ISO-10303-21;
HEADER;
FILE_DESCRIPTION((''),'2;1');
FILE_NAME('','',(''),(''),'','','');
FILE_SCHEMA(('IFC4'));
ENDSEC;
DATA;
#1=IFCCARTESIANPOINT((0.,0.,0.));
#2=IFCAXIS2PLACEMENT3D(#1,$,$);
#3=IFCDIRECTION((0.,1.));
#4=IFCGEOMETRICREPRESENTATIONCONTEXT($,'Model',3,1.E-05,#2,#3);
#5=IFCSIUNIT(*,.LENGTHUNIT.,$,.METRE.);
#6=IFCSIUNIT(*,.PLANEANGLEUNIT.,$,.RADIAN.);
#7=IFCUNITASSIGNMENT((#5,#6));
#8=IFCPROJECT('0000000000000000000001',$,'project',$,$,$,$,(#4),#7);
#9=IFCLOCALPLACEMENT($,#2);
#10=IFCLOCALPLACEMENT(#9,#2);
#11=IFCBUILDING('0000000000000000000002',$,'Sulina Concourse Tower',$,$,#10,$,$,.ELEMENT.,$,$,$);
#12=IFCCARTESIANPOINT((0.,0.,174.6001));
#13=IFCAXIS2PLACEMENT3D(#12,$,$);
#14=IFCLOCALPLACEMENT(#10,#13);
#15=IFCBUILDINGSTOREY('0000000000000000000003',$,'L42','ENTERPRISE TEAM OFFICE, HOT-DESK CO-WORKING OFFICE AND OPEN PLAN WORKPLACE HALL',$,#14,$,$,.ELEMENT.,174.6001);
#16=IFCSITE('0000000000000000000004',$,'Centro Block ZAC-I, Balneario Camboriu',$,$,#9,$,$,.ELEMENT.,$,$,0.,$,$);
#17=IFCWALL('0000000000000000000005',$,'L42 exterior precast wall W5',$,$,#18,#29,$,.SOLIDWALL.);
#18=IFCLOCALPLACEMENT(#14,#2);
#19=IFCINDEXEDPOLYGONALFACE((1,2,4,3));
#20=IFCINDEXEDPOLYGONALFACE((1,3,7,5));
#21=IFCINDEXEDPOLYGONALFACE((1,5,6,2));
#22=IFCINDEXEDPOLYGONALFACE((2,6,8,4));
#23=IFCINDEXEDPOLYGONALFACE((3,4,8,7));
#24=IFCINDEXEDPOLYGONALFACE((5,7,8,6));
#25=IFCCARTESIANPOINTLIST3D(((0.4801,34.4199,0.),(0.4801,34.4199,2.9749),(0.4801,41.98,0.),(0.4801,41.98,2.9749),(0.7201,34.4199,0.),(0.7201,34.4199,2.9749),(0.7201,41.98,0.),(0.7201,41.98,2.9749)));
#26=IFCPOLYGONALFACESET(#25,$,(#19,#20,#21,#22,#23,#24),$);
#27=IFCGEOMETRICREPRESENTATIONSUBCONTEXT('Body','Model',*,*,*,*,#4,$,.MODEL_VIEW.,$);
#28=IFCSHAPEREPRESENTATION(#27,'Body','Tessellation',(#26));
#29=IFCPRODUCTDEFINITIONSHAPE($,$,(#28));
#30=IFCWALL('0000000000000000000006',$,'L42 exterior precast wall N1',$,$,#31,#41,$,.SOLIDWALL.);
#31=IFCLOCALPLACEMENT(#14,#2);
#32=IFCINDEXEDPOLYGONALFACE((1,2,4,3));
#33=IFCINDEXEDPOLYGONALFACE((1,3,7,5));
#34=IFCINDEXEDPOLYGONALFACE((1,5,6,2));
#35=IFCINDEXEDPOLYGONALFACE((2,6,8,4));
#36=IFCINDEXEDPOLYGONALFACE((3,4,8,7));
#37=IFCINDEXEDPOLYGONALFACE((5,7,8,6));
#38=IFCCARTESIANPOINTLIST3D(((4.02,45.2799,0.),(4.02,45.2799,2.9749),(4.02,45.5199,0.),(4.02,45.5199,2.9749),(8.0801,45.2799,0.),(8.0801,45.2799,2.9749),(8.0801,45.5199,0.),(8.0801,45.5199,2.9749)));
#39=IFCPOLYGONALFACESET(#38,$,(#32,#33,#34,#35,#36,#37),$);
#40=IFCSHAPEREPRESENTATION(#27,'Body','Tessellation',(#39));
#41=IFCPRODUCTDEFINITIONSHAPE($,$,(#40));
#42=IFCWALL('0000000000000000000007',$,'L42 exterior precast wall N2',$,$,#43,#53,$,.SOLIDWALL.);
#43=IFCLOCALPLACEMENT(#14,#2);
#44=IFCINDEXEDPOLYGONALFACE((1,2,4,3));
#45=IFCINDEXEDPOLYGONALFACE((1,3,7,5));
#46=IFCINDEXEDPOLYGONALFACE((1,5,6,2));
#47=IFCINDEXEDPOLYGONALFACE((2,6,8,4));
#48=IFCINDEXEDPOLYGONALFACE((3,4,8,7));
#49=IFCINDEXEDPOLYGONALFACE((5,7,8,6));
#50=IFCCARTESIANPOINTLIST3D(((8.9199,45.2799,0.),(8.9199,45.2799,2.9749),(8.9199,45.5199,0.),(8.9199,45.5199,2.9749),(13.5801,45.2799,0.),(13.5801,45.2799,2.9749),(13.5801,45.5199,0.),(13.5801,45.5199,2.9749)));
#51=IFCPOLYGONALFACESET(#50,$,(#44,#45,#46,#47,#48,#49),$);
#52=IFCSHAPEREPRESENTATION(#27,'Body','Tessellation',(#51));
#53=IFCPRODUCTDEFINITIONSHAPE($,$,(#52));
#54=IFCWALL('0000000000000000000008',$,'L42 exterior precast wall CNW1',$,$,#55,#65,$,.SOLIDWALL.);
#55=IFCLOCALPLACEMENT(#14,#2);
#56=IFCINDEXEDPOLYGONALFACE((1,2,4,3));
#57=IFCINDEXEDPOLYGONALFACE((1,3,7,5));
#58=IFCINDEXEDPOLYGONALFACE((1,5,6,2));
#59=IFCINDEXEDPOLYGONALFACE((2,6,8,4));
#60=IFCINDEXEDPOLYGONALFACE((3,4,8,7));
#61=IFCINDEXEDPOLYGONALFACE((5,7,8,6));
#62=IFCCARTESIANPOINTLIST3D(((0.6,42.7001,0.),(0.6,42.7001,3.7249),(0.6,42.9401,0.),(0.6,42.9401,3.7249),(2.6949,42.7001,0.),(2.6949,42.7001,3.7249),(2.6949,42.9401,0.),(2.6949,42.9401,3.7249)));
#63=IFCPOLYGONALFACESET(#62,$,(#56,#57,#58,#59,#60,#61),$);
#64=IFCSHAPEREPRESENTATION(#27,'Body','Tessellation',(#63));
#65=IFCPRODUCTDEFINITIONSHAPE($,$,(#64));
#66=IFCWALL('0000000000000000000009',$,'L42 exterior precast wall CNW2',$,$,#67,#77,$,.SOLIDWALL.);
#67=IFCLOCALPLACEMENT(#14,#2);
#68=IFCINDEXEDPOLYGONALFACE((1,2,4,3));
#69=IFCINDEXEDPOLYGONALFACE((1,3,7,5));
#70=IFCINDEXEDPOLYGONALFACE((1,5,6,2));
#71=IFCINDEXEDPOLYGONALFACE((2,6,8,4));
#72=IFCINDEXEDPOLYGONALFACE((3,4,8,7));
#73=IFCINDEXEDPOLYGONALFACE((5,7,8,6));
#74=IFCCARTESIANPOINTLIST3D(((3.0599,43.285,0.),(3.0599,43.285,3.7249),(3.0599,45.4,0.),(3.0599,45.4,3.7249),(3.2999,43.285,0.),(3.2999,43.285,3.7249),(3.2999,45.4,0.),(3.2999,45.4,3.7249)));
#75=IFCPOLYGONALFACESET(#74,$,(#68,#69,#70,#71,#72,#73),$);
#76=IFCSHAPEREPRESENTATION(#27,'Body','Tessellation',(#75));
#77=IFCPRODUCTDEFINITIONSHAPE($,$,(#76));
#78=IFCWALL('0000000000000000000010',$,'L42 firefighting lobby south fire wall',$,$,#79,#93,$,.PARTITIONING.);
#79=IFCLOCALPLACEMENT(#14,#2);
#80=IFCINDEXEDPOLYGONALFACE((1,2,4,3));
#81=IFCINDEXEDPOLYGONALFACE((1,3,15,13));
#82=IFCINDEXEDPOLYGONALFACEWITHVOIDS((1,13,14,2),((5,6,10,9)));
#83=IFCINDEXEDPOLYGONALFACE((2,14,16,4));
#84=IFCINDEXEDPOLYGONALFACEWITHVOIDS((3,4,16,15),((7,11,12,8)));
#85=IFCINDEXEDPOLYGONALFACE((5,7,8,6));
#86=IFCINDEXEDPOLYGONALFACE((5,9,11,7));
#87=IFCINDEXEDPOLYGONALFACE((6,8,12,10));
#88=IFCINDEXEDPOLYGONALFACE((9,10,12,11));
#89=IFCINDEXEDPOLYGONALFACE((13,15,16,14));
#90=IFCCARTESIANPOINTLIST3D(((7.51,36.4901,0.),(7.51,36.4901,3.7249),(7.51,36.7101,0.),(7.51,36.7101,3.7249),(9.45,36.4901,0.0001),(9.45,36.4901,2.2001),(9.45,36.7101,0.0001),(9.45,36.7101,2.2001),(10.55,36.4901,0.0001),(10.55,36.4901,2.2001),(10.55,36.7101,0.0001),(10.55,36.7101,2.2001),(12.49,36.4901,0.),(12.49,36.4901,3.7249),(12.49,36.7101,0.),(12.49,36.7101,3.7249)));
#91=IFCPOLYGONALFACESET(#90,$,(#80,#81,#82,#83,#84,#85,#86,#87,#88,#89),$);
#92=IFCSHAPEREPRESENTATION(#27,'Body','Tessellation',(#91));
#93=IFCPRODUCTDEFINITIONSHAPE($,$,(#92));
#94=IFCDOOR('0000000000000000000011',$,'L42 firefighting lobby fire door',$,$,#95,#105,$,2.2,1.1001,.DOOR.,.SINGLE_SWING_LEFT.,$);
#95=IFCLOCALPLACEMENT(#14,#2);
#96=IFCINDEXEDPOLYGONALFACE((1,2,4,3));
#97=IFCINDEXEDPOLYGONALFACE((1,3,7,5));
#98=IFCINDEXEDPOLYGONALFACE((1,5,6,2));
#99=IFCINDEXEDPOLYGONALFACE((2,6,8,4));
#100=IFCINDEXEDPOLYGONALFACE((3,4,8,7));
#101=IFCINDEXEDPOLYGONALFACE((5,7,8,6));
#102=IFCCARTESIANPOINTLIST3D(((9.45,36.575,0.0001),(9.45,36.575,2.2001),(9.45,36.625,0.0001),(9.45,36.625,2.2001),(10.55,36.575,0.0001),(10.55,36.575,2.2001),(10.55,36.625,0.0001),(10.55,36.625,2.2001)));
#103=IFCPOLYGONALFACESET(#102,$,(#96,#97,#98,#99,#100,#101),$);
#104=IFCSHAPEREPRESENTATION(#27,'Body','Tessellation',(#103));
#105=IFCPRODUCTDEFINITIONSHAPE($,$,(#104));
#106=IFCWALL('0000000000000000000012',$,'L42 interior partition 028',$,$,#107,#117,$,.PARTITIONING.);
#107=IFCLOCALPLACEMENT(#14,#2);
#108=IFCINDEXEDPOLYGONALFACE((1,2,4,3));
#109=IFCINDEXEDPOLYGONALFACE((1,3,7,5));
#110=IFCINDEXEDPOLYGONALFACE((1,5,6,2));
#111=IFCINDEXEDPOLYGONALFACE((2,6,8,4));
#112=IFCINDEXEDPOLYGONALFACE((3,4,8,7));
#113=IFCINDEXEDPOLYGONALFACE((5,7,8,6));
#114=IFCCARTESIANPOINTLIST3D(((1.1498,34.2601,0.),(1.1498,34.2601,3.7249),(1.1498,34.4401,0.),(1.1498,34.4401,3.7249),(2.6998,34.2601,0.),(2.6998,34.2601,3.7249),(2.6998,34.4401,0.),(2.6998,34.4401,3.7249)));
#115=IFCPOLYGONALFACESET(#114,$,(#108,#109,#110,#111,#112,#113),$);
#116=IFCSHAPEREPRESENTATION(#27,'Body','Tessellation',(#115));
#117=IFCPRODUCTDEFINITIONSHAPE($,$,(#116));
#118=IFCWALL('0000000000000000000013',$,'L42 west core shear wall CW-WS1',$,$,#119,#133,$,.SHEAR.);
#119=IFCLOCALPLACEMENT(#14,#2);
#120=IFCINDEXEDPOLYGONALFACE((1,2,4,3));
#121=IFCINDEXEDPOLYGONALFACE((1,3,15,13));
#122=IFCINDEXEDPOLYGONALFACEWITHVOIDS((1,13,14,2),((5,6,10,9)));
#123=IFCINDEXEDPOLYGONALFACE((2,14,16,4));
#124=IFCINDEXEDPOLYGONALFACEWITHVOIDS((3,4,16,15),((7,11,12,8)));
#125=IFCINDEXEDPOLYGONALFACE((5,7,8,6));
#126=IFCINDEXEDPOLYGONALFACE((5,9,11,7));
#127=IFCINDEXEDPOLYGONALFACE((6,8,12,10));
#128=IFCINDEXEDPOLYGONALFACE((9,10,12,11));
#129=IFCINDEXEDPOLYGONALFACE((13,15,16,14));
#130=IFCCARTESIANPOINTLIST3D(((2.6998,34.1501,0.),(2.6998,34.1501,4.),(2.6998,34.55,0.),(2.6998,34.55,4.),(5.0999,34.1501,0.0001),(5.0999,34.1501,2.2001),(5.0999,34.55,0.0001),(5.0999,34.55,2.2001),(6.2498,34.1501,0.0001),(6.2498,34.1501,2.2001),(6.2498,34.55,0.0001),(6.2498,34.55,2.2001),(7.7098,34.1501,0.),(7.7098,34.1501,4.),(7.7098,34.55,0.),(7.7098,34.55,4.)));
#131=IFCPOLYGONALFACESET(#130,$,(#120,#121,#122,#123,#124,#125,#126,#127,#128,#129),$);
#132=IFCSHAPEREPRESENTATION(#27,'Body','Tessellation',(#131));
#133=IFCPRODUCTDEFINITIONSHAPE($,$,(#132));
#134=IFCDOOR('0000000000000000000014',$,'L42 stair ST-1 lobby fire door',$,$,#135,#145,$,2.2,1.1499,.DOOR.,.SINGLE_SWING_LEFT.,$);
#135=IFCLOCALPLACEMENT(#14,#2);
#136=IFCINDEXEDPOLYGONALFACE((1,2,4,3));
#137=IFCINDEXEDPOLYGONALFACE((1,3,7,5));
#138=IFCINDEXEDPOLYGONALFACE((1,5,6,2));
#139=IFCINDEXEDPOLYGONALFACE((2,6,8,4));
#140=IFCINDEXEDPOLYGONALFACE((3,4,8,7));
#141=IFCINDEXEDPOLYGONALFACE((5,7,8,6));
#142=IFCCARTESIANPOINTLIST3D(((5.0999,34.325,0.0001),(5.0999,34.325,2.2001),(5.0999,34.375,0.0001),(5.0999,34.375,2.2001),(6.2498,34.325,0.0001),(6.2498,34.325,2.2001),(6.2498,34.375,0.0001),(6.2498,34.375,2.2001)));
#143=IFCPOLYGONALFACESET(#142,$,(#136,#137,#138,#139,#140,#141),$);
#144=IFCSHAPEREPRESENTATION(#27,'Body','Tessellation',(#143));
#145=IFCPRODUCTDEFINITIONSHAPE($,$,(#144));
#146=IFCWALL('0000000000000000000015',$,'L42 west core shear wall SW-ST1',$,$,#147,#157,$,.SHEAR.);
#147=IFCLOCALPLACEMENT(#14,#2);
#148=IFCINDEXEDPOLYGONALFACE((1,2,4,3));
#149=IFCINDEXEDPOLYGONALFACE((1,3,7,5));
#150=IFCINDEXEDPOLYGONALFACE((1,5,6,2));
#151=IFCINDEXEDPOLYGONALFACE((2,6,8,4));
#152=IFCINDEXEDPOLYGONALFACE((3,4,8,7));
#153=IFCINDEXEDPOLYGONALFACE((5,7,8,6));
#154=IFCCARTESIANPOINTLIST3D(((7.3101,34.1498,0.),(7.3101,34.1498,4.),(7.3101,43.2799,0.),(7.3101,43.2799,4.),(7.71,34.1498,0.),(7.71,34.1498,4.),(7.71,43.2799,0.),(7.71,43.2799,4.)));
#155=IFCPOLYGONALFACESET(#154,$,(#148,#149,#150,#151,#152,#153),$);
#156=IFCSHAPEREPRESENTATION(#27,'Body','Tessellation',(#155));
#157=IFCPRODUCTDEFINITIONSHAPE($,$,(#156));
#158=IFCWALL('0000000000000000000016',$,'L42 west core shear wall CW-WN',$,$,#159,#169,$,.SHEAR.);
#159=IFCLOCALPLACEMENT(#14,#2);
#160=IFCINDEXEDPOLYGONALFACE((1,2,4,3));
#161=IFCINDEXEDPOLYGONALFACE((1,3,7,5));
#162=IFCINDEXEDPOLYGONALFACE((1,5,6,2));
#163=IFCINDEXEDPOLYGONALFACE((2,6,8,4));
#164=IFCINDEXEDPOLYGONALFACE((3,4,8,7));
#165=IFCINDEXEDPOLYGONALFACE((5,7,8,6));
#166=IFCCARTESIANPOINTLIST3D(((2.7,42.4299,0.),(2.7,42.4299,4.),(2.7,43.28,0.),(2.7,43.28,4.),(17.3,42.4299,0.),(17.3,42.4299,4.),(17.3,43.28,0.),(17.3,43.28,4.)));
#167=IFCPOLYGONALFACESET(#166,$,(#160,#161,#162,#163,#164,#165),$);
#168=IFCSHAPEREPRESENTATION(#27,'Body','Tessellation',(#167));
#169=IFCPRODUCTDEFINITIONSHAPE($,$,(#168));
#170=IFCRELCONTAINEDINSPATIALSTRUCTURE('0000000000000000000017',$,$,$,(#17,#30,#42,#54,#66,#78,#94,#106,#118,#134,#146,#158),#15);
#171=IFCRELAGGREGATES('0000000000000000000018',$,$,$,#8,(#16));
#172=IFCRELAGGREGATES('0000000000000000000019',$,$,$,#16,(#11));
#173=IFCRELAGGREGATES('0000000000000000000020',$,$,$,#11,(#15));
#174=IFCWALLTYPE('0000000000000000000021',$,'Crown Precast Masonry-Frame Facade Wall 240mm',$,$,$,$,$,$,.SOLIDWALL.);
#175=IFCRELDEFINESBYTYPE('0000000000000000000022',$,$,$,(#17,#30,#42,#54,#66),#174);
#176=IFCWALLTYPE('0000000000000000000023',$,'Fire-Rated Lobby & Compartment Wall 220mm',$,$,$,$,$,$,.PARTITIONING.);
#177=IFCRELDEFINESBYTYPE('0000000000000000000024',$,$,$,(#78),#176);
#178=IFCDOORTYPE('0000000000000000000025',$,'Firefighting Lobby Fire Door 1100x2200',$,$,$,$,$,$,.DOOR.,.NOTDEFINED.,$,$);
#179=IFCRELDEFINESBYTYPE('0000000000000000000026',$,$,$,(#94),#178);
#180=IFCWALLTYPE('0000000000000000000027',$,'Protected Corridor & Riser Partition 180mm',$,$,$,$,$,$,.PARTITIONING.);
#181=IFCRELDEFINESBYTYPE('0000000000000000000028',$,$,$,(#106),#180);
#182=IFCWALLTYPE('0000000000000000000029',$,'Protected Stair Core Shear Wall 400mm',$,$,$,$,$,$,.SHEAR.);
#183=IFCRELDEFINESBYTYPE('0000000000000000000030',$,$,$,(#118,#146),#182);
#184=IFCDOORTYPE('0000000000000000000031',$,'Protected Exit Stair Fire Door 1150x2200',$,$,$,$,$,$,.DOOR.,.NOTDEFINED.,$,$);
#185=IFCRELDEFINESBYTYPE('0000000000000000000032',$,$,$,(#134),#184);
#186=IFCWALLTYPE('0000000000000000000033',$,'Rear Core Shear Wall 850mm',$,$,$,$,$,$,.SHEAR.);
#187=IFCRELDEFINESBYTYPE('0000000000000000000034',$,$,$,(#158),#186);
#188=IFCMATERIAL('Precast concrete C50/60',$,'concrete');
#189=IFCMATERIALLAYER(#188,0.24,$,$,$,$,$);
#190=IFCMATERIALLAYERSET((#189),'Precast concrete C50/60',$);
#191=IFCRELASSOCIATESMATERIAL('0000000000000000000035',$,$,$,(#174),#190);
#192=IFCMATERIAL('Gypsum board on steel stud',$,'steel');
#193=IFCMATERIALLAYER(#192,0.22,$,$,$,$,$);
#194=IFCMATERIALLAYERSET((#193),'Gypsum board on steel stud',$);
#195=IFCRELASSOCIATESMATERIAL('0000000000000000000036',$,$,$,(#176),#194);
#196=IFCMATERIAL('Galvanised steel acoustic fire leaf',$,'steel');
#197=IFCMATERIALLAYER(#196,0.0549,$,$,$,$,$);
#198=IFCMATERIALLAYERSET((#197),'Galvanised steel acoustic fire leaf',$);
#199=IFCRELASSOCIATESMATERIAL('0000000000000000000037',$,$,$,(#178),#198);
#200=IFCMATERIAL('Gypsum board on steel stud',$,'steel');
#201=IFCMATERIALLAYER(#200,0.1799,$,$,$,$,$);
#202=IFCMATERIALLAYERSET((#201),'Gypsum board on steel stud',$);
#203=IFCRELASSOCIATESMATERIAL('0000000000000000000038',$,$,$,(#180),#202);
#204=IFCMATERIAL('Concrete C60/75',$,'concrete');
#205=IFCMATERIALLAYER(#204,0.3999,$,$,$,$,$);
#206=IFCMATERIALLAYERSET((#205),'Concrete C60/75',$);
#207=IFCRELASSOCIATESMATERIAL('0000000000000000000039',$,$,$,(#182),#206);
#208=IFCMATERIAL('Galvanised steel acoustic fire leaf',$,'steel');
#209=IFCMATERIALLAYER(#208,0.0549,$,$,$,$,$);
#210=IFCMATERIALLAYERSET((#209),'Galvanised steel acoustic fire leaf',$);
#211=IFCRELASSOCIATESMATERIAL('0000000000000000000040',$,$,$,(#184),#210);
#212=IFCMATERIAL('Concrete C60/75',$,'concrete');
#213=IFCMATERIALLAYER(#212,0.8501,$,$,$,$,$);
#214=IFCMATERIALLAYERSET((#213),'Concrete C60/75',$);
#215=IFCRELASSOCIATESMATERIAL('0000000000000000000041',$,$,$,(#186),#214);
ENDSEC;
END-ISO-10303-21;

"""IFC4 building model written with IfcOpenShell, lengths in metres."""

from ifc_helpers import new_model, si_unit, direction, frame, frame_2d, origin, place, context, subcontext, project, spatial, rectangle, extrude, material, layer, layer_set, type_object, element, fill, save


model = new_model("IFC4")

# Units and contexts
model_context = context("Model", 3, precision=1e-05, world=origin(), true_north=direction((0.0, 1.0)))
body_context = subcontext(model_context, "Body", "Model", "MODEL_VIEW")
ifc_project = project(units=[si_unit("LENGTHUNIT", "METRE"), si_unit("PLANEANGLEUNIT", "RADIAN")], contexts=[model_context])

# Site, building, storey
site_placement = place(None, origin())
site = spatial("IfcSite", under=ifc_project, at=site_placement, Name="Centro Block ZAC-I, Balneario Camboriu", CompositionType="ELEMENT", RefElevation=0.0)
building_placement = place(site_placement, origin())
building = spatial("IfcBuilding", under=site, at=building_placement, Name="Sulina Concourse Tower", CompositionType="ELEMENT")
storey_placement = place(building_placement, frame((0.0, 0.0, 174.6001)))
storey = spatial("IfcBuildingStorey", under=building, at=storey_placement, Name="L42", Description="ENTERPRISE TEAM OFFICE, HOT-DESK CO-WORKING OFFICE AND OPEN PLAN WORKPLACE HALL", CompositionType="ELEMENT", Elevation=174.6001)

# Walls
ifc_material_1 = material(Name="Precast concrete C50/60", Category="concrete")
ifc_layer_1 = layer(ifc_material_1, 0.24)
ifc_layer_set_1 = layer_set([ifc_layer_1], Name="Precast concrete C50/60")
wall_type_1 = type_object("IfcWallType", Name="Crown Precast Masonry-Frame Facade Wall 240mm", PredefinedType="SOLIDWALL", material=ifc_layer_set_1)
wall_1_placement = place(storey_placement, frame((0.6001, 34.4199, 0.0), z_axis=(0.0, 0.0, 1.0), x_axis=(0.0, 1.0, 0.0)))
element("IfcWall", 1, at=wall_1_placement, inside=storey, type_object=wall_type_1, Name="L42 exterior precast wall W5", PredefinedType="SOLIDWALL", context=body_context, shape_type="SweptSolid", body=[
    extrude(rectangle(XDim=7.5601, YDim=0.24, at=frame_2d((3.78, 0.0))), origin(), (0.0, 0.0, 1.0), 2.9749),
])
wall_2_placement = place(storey_placement, frame((4.02, 45.3999, 0.0), z_axis=(0.0, 0.0, 1.0), x_axis=(1.0, 0.0, 0.0)))
element("IfcWall", 2, at=wall_2_placement, inside=storey, type_object=wall_type_1, Name="L42 exterior precast wall N1", PredefinedType="SOLIDWALL", context=body_context, shape_type="SweptSolid", body=[
    extrude(rectangle(XDim=4.0601, YDim=0.24, at=frame_2d((2.03, 0.0))), origin(), (0.0, 0.0, 1.0), 2.9749),
])
wall_3_placement = place(storey_placement, frame((8.9199, 45.3999, 0.0), z_axis=(0.0, 0.0, 1.0), x_axis=(1.0, 0.0, 0.0)))
element("IfcWall", 3, at=wall_3_placement, inside=storey, type_object=wall_type_1, Name="L42 exterior precast wall N2", PredefinedType="SOLIDWALL", context=body_context, shape_type="SweptSolid", body=[
    extrude(rectangle(XDim=4.6602, YDim=0.24, at=frame_2d((2.3301, 0.0))), origin(), (0.0, 0.0, 1.0), 2.9749),
])
wall_4_placement = place(storey_placement, frame((0.6001, 42.8201, 0.0), z_axis=(0.0, 0.0, 1.0), x_axis=(1.0, 0.0, 0.0)))
element("IfcWall", 4, at=wall_4_placement, inside=storey, type_object=wall_type_1, Name="L42 exterior precast wall CNW1", PredefinedType="SOLIDWALL", context=body_context, shape_type="SweptSolid", body=[
    extrude(rectangle(XDim=2.095, YDim=0.24, at=frame_2d((1.0474, 0.0))), origin(), (0.0, 0.0, 1.0), 3.7249),
])
wall_5_placement = place(storey_placement, frame((3.1799, 43.2849, 0.0), z_axis=(0.0, 0.0, 1.0), x_axis=(0.0, 1.0, 0.0)))
element("IfcWall", 5, at=wall_5_placement, inside=storey, type_object=wall_type_1, Name="L42 exterior precast wall CNW2", PredefinedType="SOLIDWALL", context=body_context, shape_type="SweptSolid", body=[
    extrude(rectangle(XDim=2.115, YDim=0.24, at=frame_2d((1.0576, 0.0))), origin(), (0.0, 0.0, 1.0), 3.7249),
])

# Wall, opening, door
ifc_material_2 = material(Name="Gypsum board on steel stud", Category="steel")
ifc_layer_2 = layer(ifc_material_2, 0.22)
ifc_layer_set_2 = layer_set([ifc_layer_2], Name="Gypsum board on steel stud")
wall_type_2 = type_object("IfcWallType", Name="Fire-Rated Lobby & Compartment Wall 220mm", PredefinedType="PARTITIONING", material=ifc_layer_set_2)
wall_6_placement = place(storey_placement, frame((7.51, 36.6001, 0.0), z_axis=(0.0, 0.0, 1.0), x_axis=(1.0, 0.0, 0.0)))
wall_6 = element("IfcWall", 6, at=wall_6_placement, inside=storey, type_object=wall_type_2, Name="L42 firefighting lobby south fire wall", PredefinedType="PARTITIONING", context=body_context, shape_type="SweptSolid", body=[
    extrude(rectangle(XDim=4.98, YDim=0.22, at=frame_2d((2.49, 0.0))), origin(), (0.0, 0.0, 1.0), 3.7249),
])
opening_1_placement = place(wall_6_placement, frame((1.9399, 0.0, 0.0)))
opening_1 = element("IfcOpeningElement", 7, at=opening_1_placement, cuts=wall_6, PredefinedType="OPENING", context=body_context, shape_type="SweptSolid", body=[
    extrude(rectangle(XDim=1.1001, YDim=2.2, at=frame_2d((0.55, 1.1001))), frame((0.0, 0.1199, 0.0), z_axis=(0.0, -1.0, 0.0), x_axis=(1.0, 0.0, 0.0)), (0.0, 0.0, 1.0), 0.24),
])
ifc_material_3 = material(Name="Galvanised steel acoustic fire leaf", Category="steel")
ifc_layer_3 = layer(ifc_material_3, 0.0549)
ifc_layer_set_3 = layer_set([ifc_layer_3], Name="Galvanised steel acoustic fire leaf")
door_type_1 = type_object("IfcDoorType", Name="Firefighting Lobby Fire Door 1100x2200", OperationType="NOTDEFINED", PredefinedType="DOOR", material=ifc_layer_set_3)
door_1_placement = place(opening_1_placement, origin())
door_1 = element("IfcDoor", 8, at=door_1_placement, inside=storey, type_object=door_type_1, Name="L42 firefighting lobby fire door", OperationType="SINGLE_SWING_LEFT", OverallHeight=2.2, OverallWidth=1.1001, PredefinedType="DOOR", context=body_context, shape_type="SweptSolid", body=[
    extrude(rectangle(XDim=1.1001, YDim=2.2, at=frame_2d((0.55, 1.1001))), frame((0.0, 0.0249, 0.0), z_axis=(0.0, -1.0, 0.0), x_axis=(1.0, 0.0, 0.0)), (0.0, 0.0, 1.0), 0.05),
])
fill(opening_1, door_1)

# Wall
ifc_material_4 = material(Name="Gypsum board on steel stud", Category="steel")
ifc_layer_4 = layer(ifc_material_4, 0.1799)
ifc_layer_set_4 = layer_set([ifc_layer_4], Name="Gypsum board on steel stud")
wall_type_3 = type_object("IfcWallType", Name="Protected Corridor & Riser Partition 180mm", PredefinedType="PARTITIONING", material=ifc_layer_set_4)
wall_7_placement = place(storey_placement, frame((1.1499, 34.3501, 0.0), z_axis=(0.0, 0.0, 1.0), x_axis=(1.0, 0.0, 0.0)))
element("IfcWall", 9, at=wall_7_placement, inside=storey, type_object=wall_type_3, Name="L42 interior partition 028", PredefinedType="PARTITIONING", context=body_context, shape_type="SweptSolid", body=[
    extrude(rectangle(XDim=1.55, YDim=0.1799, at=frame_2d((0.7749, 0.0))), origin(), (0.0, 0.0, 1.0), 3.7249),
])

# Wall, opening, door
ifc_material_5 = material(Name="Concrete C60/75", Category="concrete")
ifc_layer_5 = layer(ifc_material_5, 0.3999)
ifc_layer_set_5 = layer_set([ifc_layer_5], Name="Concrete C60/75")
wall_type_4 = type_object("IfcWallType", Name="Protected Stair Core Shear Wall 400mm", PredefinedType="SHEAR", material=ifc_layer_set_5)
wall_8_placement = place(storey_placement, frame((2.7, 34.3501, 0.0), z_axis=(0.0, 0.0, 1.0), x_axis=(1.0, 0.0, 0.0)))
wall_8 = element("IfcWall", 10, at=wall_8_placement, inside=storey, type_object=wall_type_4, Name="L42 west core shear wall CW-WS1", PredefinedType="SHEAR", context=body_context, shape_type="SweptSolid", body=[
    extrude(rectangle(XDim=5.01, YDim=0.3999, at=frame_2d((2.5049, 0.0))), origin(), (0.0, 0.0, 1.0), 4.0),
])
opening_2_placement = place(wall_8_placement, frame((2.3999, 0.0, 0.0)))
opening_2 = element("IfcOpeningElement", 11, at=opening_2_placement, cuts=wall_8, PredefinedType="OPENING", context=body_context, shape_type="SweptSolid", body=[
    extrude(rectangle(XDim=1.1499, YDim=2.2, at=frame_2d((0.575, 1.1001))), frame((0.0, 0.21, 0.0), z_axis=(0.0, -1.0, 0.0), x_axis=(1.0, 0.0, 0.0)), (0.0, 0.0, 1.0), 0.4199),
])
ifc_material_6 = material(Name="Galvanised steel acoustic fire leaf", Category="steel")
ifc_layer_6 = layer(ifc_material_6, 0.0549)
ifc_layer_set_6 = layer_set([ifc_layer_6], Name="Galvanised steel acoustic fire leaf")
door_type_2 = type_object("IfcDoorType", Name="Protected Exit Stair Fire Door 1150x2200", OperationType="NOTDEFINED", PredefinedType="DOOR", material=ifc_layer_set_6)
door_2_placement = place(opening_2_placement, origin())
door_2 = element("IfcDoor", 12, at=door_2_placement, inside=storey, type_object=door_type_2, Name="L42 stair ST-1 lobby fire door", OperationType="SINGLE_SWING_LEFT", OverallHeight=2.2, OverallWidth=1.1499, PredefinedType="DOOR", context=body_context, shape_type="SweptSolid", body=[
    extrude(rectangle(XDim=1.1499, YDim=2.2, at=frame_2d((0.575, 1.1001))), frame((0.0, 0.0249, 0.0), z_axis=(0.0, -1.0, 0.0), x_axis=(1.0, 0.0, 0.0)), (0.0, 0.0, 1.0), 0.05),
])
fill(opening_2, door_2)

# Walls
wall_9_placement = place(storey_placement, frame((7.51, 34.1499, 0.0), z_axis=(0.0, 0.0, 1.0), x_axis=(0.0, 1.0, 0.0)))
element("IfcWall", 13, at=wall_9_placement, inside=storey, type_object=wall_type_4, Name="L42 west core shear wall SW-ST1", PredefinedType="SHEAR", context=body_context, shape_type="SweptSolid", body=[
    extrude(rectangle(XDim=9.1301, YDim=0.3999, at=frame_2d((4.5649, 0.0))), origin(), (0.0, 0.0, 1.0), 4.0),
])
ifc_material_7 = material(Name="Concrete C60/75", Category="concrete")
ifc_layer_7 = layer(ifc_material_7, 0.8501)
ifc_layer_set_7 = layer_set([ifc_layer_7], Name="Concrete C60/75")
wall_type_5 = type_object("IfcWallType", Name="Rear Core Shear Wall 850mm", PredefinedType="SHEAR", material=ifc_layer_set_7)
wall_10_placement = place(storey_placement, frame((2.7, 42.855, 0.0), z_axis=(0.0, 0.0, 1.0), x_axis=(1.0, 0.0, 0.0)))
element("IfcWall", 14, at=wall_10_placement, inside=storey, type_object=wall_type_5, Name="L42 west core shear wall CW-WN", PredefinedType="SHEAR", context=body_context, shape_type="SweptSolid", body=[
    extrude(rectangle(XDim=14.6001, YDim=0.8501, at=frame_2d((7.3, 0.0))), origin(), (0.0, 0.0, 1.0), 4.0),
])

save(model, "model.ifc")
